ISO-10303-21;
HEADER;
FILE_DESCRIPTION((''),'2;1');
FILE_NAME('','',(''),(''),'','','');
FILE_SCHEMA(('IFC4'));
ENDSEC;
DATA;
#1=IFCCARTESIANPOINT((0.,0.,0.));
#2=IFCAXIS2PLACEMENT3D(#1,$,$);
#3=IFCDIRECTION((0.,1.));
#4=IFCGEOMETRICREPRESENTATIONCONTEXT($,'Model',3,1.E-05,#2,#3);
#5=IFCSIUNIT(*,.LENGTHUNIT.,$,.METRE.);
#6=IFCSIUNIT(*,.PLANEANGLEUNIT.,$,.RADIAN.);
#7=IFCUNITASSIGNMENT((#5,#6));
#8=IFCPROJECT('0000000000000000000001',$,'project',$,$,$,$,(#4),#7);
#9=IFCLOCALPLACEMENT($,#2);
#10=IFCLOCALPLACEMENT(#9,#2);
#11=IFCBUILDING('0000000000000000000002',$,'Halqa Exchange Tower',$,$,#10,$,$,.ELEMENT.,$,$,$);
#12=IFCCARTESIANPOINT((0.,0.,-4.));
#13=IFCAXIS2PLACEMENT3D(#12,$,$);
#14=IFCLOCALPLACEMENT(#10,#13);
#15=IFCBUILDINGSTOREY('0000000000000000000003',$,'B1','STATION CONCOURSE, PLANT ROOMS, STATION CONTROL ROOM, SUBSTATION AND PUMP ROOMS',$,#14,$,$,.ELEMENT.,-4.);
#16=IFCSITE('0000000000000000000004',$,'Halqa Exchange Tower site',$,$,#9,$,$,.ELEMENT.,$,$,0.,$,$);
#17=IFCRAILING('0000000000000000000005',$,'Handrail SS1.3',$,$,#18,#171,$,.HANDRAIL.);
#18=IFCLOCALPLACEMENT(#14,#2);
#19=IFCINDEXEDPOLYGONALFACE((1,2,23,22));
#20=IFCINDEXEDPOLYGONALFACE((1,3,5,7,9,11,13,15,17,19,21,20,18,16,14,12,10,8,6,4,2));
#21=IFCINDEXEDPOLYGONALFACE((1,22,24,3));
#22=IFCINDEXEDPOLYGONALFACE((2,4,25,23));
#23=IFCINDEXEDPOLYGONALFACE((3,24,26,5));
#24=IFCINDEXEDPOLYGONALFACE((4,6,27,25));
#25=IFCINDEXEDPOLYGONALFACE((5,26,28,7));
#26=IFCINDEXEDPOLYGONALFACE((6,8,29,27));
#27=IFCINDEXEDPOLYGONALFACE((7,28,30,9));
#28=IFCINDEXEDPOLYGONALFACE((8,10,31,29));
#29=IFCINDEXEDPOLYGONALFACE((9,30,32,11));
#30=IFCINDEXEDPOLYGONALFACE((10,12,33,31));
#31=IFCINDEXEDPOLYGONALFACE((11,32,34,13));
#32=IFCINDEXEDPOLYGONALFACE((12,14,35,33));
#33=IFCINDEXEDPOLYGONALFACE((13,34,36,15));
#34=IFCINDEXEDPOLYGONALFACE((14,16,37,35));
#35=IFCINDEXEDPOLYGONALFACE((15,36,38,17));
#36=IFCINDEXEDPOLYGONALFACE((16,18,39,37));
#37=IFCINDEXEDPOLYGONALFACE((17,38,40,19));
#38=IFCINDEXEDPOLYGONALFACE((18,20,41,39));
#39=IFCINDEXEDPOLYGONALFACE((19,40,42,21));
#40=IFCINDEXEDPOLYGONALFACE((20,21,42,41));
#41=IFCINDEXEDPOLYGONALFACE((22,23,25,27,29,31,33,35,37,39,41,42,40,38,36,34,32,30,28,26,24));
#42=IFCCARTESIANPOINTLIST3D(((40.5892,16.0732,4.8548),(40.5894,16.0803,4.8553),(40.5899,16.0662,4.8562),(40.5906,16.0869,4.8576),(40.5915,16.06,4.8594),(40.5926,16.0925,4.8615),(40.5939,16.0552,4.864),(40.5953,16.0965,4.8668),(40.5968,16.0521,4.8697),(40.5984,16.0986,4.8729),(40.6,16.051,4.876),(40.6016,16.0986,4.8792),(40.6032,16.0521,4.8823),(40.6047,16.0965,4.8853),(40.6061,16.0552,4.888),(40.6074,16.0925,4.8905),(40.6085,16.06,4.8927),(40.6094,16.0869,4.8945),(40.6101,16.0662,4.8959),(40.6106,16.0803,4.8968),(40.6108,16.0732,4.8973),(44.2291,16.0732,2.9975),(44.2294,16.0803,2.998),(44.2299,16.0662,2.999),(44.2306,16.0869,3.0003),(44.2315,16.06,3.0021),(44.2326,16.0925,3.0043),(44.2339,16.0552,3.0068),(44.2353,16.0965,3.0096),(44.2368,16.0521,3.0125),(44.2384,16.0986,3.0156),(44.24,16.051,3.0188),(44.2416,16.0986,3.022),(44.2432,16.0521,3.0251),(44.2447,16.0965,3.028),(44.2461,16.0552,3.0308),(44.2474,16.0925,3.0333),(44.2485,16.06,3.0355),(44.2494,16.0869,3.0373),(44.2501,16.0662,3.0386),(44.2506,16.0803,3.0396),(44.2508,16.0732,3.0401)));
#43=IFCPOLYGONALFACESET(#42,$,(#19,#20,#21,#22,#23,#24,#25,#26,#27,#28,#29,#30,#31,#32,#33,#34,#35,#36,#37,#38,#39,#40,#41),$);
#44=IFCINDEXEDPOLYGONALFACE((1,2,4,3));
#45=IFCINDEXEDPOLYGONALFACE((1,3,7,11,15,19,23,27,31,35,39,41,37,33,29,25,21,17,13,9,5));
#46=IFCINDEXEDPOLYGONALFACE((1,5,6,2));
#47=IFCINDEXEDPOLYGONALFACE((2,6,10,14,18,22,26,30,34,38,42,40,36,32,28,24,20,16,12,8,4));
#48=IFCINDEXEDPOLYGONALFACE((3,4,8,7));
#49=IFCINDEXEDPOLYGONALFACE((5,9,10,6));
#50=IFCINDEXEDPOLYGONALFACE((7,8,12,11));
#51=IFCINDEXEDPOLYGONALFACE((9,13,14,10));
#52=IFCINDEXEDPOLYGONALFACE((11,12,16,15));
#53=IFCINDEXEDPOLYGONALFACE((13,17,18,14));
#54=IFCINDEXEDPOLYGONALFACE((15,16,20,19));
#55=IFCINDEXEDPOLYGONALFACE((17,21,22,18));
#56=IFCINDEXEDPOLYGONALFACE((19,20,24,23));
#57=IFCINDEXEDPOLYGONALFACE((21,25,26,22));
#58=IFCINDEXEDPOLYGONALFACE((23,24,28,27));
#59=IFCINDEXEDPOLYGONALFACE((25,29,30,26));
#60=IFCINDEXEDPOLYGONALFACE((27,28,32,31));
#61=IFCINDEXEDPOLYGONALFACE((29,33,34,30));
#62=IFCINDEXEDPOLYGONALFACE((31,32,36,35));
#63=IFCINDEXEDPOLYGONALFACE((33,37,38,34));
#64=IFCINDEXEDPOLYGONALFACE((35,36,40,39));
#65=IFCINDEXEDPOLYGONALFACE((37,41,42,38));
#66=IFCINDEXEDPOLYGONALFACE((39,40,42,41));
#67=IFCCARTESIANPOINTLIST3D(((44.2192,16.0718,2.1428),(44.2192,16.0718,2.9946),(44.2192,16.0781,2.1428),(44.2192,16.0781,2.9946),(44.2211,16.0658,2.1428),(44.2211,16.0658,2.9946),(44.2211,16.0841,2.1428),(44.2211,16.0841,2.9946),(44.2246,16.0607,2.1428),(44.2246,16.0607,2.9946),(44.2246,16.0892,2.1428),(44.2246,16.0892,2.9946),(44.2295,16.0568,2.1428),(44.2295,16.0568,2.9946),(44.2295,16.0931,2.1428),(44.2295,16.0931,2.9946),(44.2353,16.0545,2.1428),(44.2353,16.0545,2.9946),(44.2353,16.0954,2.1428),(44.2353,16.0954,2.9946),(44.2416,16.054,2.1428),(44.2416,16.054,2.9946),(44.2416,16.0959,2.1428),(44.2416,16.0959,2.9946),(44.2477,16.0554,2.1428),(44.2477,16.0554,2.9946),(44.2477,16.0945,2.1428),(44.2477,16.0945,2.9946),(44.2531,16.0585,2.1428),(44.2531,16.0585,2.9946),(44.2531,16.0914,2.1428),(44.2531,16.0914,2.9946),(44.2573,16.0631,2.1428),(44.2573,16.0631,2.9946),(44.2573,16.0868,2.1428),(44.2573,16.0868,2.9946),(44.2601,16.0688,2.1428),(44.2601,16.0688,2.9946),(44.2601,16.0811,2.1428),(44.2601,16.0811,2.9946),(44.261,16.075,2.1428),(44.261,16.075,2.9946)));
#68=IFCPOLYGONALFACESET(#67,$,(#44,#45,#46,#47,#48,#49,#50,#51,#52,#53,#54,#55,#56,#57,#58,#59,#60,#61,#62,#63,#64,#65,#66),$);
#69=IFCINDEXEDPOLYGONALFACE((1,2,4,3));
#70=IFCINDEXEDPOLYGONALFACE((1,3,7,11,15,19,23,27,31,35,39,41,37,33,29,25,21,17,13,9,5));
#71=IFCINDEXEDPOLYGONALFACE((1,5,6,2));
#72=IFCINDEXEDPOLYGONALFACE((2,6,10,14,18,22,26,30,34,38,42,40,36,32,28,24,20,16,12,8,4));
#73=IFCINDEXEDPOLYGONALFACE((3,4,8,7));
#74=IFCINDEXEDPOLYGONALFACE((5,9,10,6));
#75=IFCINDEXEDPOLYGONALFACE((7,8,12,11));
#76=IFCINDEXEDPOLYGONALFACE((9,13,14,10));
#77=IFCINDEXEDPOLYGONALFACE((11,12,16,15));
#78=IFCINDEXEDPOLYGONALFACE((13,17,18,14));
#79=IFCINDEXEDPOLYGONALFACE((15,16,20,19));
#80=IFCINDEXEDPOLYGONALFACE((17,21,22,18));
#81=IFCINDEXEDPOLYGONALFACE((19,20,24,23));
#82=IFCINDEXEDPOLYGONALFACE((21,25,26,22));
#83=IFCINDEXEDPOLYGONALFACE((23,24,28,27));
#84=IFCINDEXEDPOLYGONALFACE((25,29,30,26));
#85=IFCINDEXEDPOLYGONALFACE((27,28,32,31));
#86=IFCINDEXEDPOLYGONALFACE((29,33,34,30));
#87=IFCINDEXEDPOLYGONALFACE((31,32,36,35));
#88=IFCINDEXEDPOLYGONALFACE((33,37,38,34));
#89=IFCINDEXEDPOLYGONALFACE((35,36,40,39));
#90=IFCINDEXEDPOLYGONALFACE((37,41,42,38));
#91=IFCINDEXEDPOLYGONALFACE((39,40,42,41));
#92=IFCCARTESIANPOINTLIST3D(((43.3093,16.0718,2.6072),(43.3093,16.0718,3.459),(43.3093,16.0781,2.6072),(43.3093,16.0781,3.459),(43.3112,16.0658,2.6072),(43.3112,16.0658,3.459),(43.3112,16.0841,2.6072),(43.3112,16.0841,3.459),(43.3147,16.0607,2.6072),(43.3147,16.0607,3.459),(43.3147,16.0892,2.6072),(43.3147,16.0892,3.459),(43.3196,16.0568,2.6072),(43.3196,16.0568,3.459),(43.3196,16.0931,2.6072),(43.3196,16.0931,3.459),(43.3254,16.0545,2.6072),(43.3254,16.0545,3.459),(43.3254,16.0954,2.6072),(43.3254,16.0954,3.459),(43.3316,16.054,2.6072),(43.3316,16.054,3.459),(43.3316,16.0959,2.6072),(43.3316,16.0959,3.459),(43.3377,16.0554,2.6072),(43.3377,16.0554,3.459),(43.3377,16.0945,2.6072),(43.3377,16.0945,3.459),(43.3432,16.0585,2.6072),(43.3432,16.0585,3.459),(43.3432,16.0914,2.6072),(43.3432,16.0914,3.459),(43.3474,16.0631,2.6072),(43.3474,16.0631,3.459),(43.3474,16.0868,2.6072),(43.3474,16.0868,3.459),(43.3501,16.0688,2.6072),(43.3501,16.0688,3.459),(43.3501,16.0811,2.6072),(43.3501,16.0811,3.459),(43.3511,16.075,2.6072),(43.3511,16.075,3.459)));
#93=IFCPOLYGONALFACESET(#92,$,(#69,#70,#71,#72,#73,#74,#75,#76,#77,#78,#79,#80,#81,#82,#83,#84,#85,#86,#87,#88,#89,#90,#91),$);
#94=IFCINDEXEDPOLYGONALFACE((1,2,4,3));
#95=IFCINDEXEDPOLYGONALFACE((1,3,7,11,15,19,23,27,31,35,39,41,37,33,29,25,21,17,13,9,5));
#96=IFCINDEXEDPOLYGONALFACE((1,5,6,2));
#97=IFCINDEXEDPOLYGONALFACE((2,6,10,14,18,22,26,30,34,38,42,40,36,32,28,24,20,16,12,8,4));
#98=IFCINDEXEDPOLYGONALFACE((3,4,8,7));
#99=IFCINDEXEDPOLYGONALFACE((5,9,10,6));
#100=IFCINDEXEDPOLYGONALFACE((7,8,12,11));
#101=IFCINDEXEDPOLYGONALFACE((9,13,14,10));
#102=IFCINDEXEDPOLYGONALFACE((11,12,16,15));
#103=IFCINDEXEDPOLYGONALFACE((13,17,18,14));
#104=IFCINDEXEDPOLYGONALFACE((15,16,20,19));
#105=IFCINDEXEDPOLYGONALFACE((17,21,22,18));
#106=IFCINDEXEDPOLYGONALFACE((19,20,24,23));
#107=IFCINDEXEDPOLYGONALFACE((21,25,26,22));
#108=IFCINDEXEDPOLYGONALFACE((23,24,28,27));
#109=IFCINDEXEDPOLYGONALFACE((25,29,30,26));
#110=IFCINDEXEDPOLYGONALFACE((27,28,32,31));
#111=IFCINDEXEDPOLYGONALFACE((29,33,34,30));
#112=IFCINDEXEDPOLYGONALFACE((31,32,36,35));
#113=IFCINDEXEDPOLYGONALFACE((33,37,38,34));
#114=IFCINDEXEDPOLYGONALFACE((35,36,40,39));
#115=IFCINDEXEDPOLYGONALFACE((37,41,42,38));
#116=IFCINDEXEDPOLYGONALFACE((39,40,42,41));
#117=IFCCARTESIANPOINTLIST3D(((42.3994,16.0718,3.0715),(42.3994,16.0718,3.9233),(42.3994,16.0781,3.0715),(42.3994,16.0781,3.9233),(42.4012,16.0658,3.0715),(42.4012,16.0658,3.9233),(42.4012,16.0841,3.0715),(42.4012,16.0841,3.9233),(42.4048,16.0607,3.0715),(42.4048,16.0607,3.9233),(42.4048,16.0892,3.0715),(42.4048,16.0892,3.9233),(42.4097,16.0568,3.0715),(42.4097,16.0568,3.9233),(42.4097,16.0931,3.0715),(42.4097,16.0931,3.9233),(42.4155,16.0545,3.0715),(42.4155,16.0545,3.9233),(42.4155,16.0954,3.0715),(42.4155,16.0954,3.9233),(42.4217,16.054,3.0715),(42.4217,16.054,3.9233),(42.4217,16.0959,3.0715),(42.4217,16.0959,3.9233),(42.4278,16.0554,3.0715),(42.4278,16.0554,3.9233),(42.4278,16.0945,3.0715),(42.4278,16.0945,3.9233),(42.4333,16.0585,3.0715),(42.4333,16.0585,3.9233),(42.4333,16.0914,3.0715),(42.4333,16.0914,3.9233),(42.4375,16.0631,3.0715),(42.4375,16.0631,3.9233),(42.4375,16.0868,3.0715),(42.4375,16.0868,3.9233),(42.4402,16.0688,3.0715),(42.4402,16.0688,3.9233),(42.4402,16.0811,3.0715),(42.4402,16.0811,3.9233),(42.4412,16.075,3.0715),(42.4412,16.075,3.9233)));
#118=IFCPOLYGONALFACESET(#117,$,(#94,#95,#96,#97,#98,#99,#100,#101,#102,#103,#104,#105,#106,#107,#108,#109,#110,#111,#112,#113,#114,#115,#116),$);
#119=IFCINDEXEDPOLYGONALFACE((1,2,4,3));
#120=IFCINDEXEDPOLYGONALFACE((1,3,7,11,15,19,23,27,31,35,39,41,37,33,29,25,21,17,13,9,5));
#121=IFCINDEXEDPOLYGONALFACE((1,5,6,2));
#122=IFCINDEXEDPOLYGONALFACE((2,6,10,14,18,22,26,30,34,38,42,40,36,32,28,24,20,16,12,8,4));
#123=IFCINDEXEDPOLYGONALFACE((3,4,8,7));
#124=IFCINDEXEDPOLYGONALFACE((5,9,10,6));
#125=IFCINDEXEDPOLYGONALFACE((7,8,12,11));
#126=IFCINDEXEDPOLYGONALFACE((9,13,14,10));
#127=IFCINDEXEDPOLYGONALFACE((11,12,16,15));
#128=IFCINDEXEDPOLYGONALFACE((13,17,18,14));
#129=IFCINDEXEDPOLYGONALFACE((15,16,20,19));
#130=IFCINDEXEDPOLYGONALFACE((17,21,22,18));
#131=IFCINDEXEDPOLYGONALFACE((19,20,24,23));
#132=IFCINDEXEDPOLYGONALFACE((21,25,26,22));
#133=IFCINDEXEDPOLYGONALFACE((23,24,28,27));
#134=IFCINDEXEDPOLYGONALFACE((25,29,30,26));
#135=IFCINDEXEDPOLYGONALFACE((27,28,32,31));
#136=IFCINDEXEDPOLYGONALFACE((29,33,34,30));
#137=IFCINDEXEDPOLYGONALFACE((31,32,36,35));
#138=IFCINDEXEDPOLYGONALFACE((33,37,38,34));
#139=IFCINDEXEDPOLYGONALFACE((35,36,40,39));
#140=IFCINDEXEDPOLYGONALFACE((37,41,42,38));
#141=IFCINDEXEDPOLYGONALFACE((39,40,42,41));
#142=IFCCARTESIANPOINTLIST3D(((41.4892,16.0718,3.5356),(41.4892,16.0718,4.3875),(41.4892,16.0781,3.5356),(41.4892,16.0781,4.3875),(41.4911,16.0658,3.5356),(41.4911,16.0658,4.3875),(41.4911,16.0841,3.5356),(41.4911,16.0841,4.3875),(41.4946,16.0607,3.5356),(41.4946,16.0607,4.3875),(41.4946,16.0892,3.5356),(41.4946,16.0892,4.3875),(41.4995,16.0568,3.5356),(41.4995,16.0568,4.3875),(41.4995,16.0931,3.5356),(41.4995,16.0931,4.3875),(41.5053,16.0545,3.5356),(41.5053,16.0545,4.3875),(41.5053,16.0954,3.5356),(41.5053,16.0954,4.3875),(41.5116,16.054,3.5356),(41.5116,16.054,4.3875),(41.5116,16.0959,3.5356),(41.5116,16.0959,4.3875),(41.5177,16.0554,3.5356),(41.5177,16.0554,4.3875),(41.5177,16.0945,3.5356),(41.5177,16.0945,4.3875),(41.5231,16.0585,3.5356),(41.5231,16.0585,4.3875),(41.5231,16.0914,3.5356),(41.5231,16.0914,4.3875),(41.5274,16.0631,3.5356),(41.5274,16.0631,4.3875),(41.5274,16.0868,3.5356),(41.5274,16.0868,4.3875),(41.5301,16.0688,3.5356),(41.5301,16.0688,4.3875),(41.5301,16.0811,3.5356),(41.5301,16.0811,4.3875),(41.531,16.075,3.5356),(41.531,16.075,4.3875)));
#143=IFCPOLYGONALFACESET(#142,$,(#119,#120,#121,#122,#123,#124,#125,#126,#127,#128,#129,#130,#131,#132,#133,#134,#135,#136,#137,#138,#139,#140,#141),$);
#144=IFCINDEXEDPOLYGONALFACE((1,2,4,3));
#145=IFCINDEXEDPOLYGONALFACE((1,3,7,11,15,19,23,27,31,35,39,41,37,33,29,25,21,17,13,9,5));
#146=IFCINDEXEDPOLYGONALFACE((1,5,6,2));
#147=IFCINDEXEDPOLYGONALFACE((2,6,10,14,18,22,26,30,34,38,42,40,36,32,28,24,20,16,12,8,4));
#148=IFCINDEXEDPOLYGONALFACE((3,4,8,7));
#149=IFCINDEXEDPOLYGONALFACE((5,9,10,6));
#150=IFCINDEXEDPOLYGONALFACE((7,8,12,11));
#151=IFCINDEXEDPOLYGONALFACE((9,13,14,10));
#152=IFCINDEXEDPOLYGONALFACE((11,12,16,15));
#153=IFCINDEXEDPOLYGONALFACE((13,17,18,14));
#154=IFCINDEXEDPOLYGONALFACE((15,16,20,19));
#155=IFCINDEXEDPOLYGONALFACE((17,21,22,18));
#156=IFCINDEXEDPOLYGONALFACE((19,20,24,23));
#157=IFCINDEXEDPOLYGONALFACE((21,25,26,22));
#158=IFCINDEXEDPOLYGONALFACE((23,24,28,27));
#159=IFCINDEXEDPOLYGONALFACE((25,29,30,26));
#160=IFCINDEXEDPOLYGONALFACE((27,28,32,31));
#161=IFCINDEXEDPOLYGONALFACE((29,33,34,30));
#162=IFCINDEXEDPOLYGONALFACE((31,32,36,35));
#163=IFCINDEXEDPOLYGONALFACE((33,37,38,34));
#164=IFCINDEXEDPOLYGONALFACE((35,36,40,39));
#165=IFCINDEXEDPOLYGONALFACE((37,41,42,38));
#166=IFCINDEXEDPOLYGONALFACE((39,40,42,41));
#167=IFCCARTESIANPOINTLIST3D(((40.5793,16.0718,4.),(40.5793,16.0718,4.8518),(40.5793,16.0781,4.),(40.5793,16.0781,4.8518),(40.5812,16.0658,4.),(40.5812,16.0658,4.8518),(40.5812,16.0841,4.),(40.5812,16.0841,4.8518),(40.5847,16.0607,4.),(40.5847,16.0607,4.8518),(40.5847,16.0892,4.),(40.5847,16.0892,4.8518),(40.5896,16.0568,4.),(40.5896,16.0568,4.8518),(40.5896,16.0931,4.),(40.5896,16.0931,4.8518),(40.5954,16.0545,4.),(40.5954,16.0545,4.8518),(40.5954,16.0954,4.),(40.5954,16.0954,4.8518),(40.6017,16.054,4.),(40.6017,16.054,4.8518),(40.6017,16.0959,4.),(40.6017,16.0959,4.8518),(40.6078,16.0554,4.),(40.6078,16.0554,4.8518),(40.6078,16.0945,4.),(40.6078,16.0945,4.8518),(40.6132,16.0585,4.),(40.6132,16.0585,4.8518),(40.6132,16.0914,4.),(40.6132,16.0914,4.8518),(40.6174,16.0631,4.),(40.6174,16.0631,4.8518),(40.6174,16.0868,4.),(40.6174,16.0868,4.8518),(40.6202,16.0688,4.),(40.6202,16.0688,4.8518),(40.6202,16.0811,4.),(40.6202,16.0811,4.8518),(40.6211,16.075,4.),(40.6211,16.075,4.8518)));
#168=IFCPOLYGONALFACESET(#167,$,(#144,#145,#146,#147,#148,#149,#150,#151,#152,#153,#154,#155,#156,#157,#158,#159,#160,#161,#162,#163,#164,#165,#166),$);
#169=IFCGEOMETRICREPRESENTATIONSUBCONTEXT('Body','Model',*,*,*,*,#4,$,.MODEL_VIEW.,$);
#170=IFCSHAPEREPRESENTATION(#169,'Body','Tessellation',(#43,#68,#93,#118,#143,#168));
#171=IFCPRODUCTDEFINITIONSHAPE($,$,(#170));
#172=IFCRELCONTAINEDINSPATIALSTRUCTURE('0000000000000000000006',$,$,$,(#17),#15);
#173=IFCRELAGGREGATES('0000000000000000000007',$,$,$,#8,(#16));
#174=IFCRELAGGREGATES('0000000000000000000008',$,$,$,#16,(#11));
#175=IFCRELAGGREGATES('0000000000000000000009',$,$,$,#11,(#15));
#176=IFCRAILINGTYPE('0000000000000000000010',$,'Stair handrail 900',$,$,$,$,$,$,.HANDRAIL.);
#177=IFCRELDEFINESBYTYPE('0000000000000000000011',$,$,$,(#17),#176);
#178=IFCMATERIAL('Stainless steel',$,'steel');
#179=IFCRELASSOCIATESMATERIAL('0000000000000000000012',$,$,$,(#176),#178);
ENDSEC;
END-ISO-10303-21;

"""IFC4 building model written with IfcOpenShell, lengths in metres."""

from ifc_helpers import new_model, si_unit, direction, frame, origin, origin_2d, place, context, subcontext, project, spatial, circle, extrude, material, type_object, element, save


model = new_model("IFC4")

# Units and contexts
model_context = context("Model", 3, precision=1e-05, world=origin(), true_north=direction((0.0, 1.0)))
body_context = subcontext(model_context, "Body", "Model", "MODEL_VIEW")
ifc_project = project(units=[si_unit("LENGTHUNIT", "METRE"), si_unit("PLANEANGLEUNIT", "RADIAN")], contexts=[model_context])

# Site, building, storey
site_placement = place(None, origin())
site = spatial("IfcSite", under=ifc_project, at=site_placement, Name="Halqa Exchange Tower site", CompositionType="ELEMENT", RefElevation=0.0)
building_placement = place(site_placement, origin())
building = spatial("IfcBuilding", under=site, at=building_placement, Name="Halqa Exchange Tower", CompositionType="ELEMENT")
storey_placement = place(building_placement, frame((0.0, 0.0, -4.0)))
storey = spatial("IfcBuildingStorey", under=building, at=storey_placement, Name="B1", Description="STATION CONCOURSE, PLANT ROOMS, STATION CONTROL ROOM, SUBSTATION AND PUMP ROOMS", CompositionType="ELEMENT", Elevation=-4.0)

# Railing
ifc_material_1 = material(Name="Stainless steel", Category="steel")
railing_type = type_object("IfcRailingType", Name="Stair handrail 900", PredefinedType="HANDRAIL", material=ifc_material_1)
railing_1_placement = place(storey_placement, frame((44.24, 16.075, 2.1428)))
element("IfcRailing", 1, at=railing_1_placement, inside=storey, type_object=railing_type, Name="Handrail SS1.3", PredefinedType="HANDRAIL", context=body_context, shape_type="SweptSolid", body=[
    extrude(circle(Radius=0.0239, at=origin_2d()), frame((0.0, 0.0, 0.876), z_axis=(-0.890753, 0.0, 0.454488), x_axis=(0.0, -1.0, 0.0)), (0.0, 0.0, 1.0), 4.0864),
    extrude(circle(Radius=0.021, at=origin_2d()), origin(), (0.0, 0.0, 1.0), 0.8518),
    extrude(circle(Radius=0.021, at=origin_2d()), frame((-0.9099, 0.0, 0.4644)), (0.0, 0.0, 1.0), 0.8518),
    extrude(circle(Radius=0.021, at=origin_2d()), frame((-1.8198, 0.0, 0.9287)), (0.0, 0.0, 1.0), 0.8518),
    extrude(circle(Radius=0.021, at=origin_2d()), frame((-2.73, 0.0, 1.3928)), (0.0, 0.0, 1.0), 0.8518),
    extrude(circle(Radius=0.021, at=origin_2d()), frame((-3.6399, 0.0, 1.8572)), (0.0, 0.0, 1.0), 0.8518),
])

save(model, "model.ifc")
